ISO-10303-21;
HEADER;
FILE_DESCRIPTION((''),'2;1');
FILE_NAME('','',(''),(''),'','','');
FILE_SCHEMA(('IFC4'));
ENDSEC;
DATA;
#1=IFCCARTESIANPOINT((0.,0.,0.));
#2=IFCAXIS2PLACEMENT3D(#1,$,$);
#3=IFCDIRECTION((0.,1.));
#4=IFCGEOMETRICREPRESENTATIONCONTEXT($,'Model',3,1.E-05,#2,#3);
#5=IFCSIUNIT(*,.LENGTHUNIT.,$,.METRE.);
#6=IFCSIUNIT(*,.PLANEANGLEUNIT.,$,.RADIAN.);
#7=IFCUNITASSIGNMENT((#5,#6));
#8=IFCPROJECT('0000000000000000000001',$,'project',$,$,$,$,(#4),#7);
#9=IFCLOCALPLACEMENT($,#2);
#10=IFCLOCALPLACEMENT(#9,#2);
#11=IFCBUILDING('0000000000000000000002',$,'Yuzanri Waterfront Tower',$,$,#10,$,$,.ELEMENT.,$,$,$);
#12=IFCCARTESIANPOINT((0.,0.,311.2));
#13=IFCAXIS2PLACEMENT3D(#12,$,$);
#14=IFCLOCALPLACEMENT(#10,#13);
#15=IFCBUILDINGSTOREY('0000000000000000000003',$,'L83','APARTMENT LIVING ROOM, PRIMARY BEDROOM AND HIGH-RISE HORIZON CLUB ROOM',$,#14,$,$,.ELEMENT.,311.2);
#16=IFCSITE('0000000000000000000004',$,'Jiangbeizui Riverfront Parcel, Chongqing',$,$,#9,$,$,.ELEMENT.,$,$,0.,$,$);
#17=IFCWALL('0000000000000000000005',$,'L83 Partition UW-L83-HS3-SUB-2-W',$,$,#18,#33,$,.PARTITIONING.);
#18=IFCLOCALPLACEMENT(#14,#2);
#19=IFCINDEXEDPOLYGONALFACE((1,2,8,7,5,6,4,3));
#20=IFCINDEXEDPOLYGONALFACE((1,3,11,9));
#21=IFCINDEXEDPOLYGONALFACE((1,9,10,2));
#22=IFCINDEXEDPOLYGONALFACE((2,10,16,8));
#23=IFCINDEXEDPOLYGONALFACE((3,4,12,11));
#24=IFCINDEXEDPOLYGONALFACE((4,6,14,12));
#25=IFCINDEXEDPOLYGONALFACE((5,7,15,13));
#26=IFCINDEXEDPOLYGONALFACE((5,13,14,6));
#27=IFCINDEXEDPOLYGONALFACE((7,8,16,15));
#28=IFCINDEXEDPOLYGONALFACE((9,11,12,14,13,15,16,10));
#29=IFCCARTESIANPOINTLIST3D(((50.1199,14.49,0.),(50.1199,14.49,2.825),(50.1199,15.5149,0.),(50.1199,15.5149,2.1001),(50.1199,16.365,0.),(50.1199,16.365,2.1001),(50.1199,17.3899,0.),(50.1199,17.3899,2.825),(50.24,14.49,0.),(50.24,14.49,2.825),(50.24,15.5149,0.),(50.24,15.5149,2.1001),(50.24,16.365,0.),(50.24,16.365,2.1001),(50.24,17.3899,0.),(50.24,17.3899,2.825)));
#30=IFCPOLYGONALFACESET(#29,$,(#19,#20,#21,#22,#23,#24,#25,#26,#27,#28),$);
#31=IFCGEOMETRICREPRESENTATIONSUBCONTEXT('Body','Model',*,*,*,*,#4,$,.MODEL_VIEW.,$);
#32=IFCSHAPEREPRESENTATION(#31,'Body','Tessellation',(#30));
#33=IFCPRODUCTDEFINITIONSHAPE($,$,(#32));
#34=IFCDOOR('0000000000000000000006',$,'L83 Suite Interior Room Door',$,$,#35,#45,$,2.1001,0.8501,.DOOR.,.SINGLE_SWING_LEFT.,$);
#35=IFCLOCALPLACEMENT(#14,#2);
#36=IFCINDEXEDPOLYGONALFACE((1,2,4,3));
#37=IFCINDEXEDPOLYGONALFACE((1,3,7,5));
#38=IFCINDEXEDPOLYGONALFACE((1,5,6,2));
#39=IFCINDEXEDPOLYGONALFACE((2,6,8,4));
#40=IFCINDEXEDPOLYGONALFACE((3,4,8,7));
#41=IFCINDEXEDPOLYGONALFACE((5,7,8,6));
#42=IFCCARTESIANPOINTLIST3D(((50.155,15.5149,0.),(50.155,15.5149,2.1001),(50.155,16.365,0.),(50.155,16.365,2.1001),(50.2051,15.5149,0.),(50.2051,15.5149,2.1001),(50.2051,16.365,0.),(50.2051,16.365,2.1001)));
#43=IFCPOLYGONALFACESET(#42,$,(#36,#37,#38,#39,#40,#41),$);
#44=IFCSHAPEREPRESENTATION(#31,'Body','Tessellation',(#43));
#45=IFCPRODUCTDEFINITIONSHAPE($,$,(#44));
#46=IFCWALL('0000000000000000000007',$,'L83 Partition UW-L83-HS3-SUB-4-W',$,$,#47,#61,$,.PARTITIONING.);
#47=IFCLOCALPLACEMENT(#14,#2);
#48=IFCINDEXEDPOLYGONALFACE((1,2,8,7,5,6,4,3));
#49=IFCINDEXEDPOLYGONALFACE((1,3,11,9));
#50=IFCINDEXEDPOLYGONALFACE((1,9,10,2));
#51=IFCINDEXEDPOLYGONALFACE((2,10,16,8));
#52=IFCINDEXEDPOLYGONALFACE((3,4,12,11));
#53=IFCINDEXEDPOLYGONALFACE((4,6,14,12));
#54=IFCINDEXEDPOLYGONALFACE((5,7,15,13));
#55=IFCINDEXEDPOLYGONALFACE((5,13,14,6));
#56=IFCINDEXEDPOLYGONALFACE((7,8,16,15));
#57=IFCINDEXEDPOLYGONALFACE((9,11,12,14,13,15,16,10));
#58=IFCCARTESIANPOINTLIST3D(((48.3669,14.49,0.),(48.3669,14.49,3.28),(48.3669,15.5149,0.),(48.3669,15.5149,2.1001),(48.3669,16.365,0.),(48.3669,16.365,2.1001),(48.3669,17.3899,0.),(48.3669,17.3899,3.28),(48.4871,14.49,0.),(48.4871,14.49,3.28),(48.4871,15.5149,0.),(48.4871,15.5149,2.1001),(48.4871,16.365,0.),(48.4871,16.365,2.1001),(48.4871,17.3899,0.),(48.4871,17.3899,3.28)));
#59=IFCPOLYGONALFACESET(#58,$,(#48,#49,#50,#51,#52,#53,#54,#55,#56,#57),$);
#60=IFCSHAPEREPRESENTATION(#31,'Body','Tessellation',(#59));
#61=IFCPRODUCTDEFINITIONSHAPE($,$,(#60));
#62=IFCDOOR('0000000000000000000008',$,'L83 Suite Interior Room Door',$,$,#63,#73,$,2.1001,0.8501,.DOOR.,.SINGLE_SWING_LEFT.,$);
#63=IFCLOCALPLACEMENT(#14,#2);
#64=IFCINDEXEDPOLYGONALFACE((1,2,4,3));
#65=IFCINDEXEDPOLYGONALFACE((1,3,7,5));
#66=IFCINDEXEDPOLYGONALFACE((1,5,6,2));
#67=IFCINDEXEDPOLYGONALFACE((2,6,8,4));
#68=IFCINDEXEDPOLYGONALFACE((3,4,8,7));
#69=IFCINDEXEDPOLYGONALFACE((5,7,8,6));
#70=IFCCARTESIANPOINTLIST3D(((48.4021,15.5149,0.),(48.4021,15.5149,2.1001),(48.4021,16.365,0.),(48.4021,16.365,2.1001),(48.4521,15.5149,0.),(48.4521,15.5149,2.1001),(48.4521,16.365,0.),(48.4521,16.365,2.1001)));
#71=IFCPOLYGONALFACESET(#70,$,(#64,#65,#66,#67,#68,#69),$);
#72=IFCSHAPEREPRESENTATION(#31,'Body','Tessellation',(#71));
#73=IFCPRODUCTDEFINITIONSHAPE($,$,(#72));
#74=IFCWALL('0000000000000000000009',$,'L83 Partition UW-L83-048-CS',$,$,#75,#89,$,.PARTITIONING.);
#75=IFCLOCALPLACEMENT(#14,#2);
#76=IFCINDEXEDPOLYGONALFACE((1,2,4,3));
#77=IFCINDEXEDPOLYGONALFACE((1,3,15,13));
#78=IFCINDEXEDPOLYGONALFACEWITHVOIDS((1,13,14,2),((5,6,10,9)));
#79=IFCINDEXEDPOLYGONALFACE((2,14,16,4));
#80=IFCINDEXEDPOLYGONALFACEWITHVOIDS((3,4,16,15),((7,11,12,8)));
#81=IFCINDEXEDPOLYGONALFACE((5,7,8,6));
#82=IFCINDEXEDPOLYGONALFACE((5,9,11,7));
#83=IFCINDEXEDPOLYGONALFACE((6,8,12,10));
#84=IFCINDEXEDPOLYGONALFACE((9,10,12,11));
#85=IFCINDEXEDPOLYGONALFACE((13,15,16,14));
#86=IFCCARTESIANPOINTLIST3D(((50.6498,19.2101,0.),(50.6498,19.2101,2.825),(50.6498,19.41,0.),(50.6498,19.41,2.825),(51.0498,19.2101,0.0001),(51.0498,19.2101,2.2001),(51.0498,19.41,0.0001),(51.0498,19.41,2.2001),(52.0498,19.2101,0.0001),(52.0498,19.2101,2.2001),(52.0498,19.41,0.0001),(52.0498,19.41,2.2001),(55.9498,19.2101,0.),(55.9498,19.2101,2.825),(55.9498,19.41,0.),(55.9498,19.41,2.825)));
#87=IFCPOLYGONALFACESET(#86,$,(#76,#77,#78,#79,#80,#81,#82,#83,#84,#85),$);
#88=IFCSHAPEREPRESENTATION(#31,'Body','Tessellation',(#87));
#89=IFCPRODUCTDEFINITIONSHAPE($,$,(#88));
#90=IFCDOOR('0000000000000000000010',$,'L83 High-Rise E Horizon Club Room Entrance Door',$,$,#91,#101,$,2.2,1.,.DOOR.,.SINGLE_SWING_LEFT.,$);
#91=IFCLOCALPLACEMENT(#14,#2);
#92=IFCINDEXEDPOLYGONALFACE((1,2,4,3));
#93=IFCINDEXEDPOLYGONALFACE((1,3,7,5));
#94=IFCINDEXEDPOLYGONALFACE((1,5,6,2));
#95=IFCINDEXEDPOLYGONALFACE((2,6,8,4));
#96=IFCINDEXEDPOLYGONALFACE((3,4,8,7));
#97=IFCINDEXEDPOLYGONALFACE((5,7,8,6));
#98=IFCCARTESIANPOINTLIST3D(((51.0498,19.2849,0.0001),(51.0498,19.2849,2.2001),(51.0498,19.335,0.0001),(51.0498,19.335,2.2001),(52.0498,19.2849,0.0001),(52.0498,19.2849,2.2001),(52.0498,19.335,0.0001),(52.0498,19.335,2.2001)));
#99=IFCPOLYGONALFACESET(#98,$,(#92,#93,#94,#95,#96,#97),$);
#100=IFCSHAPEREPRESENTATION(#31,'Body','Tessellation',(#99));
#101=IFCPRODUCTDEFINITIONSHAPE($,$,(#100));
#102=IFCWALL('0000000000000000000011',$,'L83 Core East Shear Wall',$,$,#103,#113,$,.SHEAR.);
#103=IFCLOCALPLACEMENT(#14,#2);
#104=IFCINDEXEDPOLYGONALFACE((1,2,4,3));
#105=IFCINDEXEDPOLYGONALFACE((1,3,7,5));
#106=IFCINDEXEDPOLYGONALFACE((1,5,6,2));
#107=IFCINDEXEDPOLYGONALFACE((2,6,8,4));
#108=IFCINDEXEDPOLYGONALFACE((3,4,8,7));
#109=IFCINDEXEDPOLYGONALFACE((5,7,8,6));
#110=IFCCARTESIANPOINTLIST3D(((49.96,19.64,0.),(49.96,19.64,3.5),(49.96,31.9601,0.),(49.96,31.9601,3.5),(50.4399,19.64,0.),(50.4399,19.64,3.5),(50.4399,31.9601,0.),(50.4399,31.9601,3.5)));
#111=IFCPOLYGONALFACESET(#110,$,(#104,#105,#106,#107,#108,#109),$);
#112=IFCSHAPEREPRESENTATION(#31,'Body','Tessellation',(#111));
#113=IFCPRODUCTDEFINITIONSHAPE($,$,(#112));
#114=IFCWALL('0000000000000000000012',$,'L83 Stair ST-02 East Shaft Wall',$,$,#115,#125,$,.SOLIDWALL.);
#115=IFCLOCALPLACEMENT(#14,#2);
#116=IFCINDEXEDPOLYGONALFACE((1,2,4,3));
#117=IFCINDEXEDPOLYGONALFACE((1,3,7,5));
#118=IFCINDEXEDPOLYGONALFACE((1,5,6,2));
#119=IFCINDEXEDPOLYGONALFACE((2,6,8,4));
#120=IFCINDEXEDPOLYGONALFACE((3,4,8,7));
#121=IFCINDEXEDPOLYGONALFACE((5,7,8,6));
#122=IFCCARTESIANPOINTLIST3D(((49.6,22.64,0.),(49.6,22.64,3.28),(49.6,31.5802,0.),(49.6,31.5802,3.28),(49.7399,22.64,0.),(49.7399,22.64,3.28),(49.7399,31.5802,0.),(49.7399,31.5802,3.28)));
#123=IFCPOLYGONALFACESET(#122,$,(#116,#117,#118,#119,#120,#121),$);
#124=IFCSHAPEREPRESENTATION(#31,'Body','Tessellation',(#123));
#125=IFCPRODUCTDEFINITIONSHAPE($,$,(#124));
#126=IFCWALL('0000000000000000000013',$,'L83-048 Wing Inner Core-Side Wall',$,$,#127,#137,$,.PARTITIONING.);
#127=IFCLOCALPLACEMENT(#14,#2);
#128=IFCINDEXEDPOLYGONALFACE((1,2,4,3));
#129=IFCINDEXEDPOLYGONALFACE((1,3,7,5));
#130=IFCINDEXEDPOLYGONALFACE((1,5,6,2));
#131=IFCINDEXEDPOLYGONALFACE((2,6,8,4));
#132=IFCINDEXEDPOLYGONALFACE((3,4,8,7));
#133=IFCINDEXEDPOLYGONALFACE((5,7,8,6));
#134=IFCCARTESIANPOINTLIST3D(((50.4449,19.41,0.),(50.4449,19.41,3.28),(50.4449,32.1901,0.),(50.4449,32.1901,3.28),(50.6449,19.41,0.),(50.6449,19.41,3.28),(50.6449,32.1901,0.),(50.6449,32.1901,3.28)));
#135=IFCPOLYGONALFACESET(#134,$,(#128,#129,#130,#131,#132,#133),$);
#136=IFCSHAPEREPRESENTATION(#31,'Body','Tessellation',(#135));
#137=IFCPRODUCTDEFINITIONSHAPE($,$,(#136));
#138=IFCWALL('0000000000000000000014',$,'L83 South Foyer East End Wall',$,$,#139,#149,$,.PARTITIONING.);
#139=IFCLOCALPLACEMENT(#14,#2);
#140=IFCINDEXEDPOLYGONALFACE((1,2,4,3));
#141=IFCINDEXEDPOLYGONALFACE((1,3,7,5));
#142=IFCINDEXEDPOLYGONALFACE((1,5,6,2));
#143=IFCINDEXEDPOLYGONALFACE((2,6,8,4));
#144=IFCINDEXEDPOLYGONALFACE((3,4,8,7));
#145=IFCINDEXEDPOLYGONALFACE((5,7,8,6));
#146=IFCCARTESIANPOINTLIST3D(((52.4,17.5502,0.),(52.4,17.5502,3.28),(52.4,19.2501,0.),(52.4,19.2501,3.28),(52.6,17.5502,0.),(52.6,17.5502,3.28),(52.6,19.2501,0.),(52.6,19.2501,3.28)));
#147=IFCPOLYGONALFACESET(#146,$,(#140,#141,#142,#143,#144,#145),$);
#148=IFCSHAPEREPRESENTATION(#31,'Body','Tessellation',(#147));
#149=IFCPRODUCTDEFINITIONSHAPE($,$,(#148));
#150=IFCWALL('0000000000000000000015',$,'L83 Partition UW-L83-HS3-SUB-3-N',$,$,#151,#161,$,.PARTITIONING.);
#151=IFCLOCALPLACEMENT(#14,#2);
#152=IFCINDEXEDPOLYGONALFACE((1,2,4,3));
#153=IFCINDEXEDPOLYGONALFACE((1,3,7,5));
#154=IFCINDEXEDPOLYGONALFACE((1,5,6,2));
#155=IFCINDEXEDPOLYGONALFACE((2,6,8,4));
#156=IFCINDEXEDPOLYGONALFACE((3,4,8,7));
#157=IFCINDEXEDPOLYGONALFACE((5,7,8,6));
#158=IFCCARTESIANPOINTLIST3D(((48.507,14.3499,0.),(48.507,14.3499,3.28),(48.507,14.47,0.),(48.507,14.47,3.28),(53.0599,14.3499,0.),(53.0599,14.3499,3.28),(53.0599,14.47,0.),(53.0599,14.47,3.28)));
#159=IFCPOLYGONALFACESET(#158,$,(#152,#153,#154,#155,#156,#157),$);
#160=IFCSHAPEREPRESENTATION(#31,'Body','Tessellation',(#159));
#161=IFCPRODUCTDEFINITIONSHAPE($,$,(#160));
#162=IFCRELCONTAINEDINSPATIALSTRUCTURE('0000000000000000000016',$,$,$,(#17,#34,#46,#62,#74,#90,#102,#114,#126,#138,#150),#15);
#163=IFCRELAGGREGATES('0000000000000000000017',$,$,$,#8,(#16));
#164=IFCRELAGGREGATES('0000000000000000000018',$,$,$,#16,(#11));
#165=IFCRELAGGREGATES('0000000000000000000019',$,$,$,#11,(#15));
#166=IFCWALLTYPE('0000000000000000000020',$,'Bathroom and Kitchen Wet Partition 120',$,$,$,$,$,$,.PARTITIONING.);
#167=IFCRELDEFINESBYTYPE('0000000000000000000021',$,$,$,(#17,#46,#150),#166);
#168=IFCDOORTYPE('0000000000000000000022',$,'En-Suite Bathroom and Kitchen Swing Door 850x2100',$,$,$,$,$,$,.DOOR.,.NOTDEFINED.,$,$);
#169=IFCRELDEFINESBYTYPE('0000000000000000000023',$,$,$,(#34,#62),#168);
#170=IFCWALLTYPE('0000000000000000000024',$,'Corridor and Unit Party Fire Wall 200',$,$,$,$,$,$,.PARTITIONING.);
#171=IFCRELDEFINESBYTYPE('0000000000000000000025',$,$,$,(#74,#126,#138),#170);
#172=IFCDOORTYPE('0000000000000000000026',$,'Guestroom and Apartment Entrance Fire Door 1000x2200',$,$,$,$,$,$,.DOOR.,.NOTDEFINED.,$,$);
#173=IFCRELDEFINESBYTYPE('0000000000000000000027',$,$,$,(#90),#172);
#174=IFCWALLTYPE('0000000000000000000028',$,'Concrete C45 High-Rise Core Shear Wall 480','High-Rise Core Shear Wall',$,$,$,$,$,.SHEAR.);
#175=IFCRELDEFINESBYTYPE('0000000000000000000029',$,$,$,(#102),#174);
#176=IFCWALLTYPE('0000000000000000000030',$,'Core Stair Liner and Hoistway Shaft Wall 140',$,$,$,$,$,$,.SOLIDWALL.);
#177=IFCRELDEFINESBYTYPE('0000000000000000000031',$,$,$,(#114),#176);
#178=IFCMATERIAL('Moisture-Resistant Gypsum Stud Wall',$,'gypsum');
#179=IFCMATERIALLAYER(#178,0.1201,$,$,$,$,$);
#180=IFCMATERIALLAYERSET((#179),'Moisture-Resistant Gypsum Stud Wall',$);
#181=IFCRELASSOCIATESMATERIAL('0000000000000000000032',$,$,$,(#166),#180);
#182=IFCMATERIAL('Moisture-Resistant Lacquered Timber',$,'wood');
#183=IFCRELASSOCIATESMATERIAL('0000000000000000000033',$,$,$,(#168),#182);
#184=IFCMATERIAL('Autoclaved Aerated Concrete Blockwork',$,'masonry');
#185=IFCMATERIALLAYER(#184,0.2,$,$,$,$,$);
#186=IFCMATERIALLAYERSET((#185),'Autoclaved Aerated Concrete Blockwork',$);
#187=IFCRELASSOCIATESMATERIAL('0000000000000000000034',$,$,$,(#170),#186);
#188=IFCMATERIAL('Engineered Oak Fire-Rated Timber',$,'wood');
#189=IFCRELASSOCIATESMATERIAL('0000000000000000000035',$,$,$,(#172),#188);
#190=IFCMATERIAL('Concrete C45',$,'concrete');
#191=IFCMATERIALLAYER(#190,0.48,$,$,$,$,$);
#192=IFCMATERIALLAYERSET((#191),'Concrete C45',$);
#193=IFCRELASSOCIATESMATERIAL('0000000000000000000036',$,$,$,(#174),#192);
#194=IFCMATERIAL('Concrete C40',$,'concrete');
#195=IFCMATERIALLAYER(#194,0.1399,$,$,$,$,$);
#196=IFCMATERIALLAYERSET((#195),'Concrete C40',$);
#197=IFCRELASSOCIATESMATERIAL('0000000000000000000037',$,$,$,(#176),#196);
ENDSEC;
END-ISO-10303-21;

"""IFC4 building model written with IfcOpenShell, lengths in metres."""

from ifc_helpers import new_model, si_unit, direction, frame, frame_2d, origin, place, context, subcontext, project, spatial, rectangle, extrude, source, transform, mapped, material, layer, layer_set, type_object, element, fill, save


model = new_model("IFC4")

# Units and contexts
model_context = context("Model", 3, precision=1e-05, world=origin(), true_north=direction((0.0, 1.0)))
body_context = subcontext(model_context, "Body", "Model", "MODEL_VIEW")
ifc_project = project(units=[si_unit("LENGTHUNIT", "METRE"), si_unit("PLANEANGLEUNIT", "RADIAN")], contexts=[model_context])

# Site, building, storey
site_placement = place(None, origin())
site = spatial("IfcSite", under=ifc_project, at=site_placement, Name="Jiangbeizui Riverfront Parcel, Chongqing", CompositionType="ELEMENT", RefElevation=0.0)
building_placement = place(site_placement, origin())
building = spatial("IfcBuilding", under=site, at=building_placement, Name="Yuzanri Waterfront Tower", CompositionType="ELEMENT")
storey_placement = place(building_placement, frame((0.0, 0.0, 311.2)))
storey = spatial("IfcBuildingStorey", under=building, at=storey_placement, Name="L83", Description="APARTMENT LIVING ROOM, PRIMARY BEDROOM AND HIGH-RISE HORIZON CLUB ROOM", CompositionType="ELEMENT", Elevation=311.2)

# Walls, openings, doors
ifc_material_1 = material(Name="Moisture-Resistant Gypsum Stud Wall", Category="gypsum")
ifc_layer_1 = layer(ifc_material_1, 0.1201)
ifc_layer_set_1 = layer_set([ifc_layer_1], Name="Moisture-Resistant Gypsum Stud Wall")
wall_type_1 = type_object("IfcWallType", Name="Bathroom and Kitchen Wet Partition 120", PredefinedType="PARTITIONING", material=ifc_layer_set_1)
wall_1_placement = place(storey_placement, frame((50.1799, 14.49, 0.0), z_axis=(0.0, 0.0, 1.0), x_axis=(0.0, 1.0, 0.0)))
wall_1 = element("IfcWall", 1, at=wall_1_placement, inside=storey, type_object=wall_type_1, Name="L83 Partition UW-L83-HS3-SUB-2-W", PredefinedType="PARTITIONING", context=body_context, shape_type="SweptSolid", body=[
    extrude(rectangle(XDim=2.8999, YDim=0.1201, at=frame_2d((1.45, 0.0))), origin(), (0.0, 0.0, 1.0), 2.825),
])
opening_1_placement = place(wall_1_placement, frame((1.0249, 0.0, 0.0)))
opening_1 = element("IfcOpeningElement", 2, at=opening_1_placement, cuts=wall_1, PredefinedType="OPENING", context=body_context, shape_type="SweptSolid", body=[
    extrude(rectangle(XDim=0.8501, YDim=2.1001, at=frame_2d((0.425, 1.05))), frame((0.0, 0.075, 0.0), z_axis=(0.0, -1.0, 0.0), x_axis=(1.0, 0.0, 0.0)), (0.0, 0.0, 1.0), 0.1499),
])
ifc_material_2 = material(Name="Moisture-Resistant Lacquered Timber", Category="wood")
door_type_1 = type_object("IfcDoorType", Name="En-Suite Bathroom and Kitchen Swing Door 850x2100", OperationType="NOTDEFINED", PredefinedType="DOOR", material=ifc_material_2)
shared_shape_1 = source(origin(), body_context, "Body", "SweptSolid", [
    extrude(rectangle(XDim=0.8501, YDim=2.1001, at=frame_2d((0.425, 1.05))), frame((0.0, 0.0249, 0.0), z_axis=(0.0, -1.0, 0.0), x_axis=(1.0, 0.0, 0.0)), (0.0, 0.0, 1.0), 0.05),
])
door_1_placement = place(opening_1_placement, origin())
door_1 = element("IfcDoor", 3, at=door_1_placement, inside=storey, type_object=door_type_1, Name="L83 Suite Interior Room Door", OperationType="SINGLE_SWING_LEFT", OverallHeight=2.1001, OverallWidth=0.8501, PredefinedType="DOOR", context=body_context, shape_type="MappedRepresentation", body=[
    mapped(shared_shape_1, transform((0.0, 0.0, 0.0), scale=1.0)),
])
fill(opening_1, door_1)
wall_2_placement = place(storey_placement, frame((48.427, 14.49, 0.0), z_axis=(0.0, 0.0, 1.0), x_axis=(0.0, 1.0, 0.0)))
wall_2 = element("IfcWall", 4, at=wall_2_placement, inside=storey, type_object=wall_type_1, Name="L83 Partition UW-L83-HS3-SUB-4-W", PredefinedType="PARTITIONING", context=body_context, shape_type="SweptSolid", body=[
    extrude(rectangle(XDim=2.8999, YDim=0.1201, at=frame_2d((1.45, 0.0))), origin(), (0.0, 0.0, 1.0), 3.28),
])
opening_2_placement = place(wall_2_placement, frame((1.0249, 0.0, 0.0)))
opening_2 = element("IfcOpeningElement", 5, at=opening_2_placement, cuts=wall_2, PredefinedType="OPENING", context=body_context, shape_type="SweptSolid", body=[
    extrude(rectangle(XDim=0.8501, YDim=2.1001, at=frame_2d((0.425, 1.05))), frame((0.0, 0.075, 0.0), z_axis=(0.0, -1.0, 0.0), x_axis=(1.0, 0.0, 0.0)), (0.0, 0.0, 1.0), 0.1499),
])
door_2_placement = place(opening_2_placement, origin())
door_2 = element("IfcDoor", 6, at=door_2_placement, inside=storey, type_object=door_type_1, Name="L83 Suite Interior Room Door", OperationType="SINGLE_SWING_LEFT", OverallHeight=2.1001, OverallWidth=0.8501, PredefinedType="DOOR", context=body_context, shape_type="MappedRepresentation", body=[
    mapped(shared_shape_1, transform((0.0, 0.0, 0.0), scale=1.0)),
])
fill(opening_2, door_2)
ifc_material_3 = material(Name="Autoclaved Aerated Concrete Blockwork", Category="masonry")
ifc_layer_2 = layer(ifc_material_3, 0.2)
ifc_layer_set_2 = layer_set([ifc_layer_2], Name="Autoclaved Aerated Concrete Blockwork")
wall_type_2 = type_object("IfcWallType", Name="Corridor and Unit Party Fire Wall 200", PredefinedType="PARTITIONING", material=ifc_layer_set_2)
wall_3_placement = place(storey_placement, frame((50.6499, 19.3101, 0.0), z_axis=(0.0, 0.0, 1.0), x_axis=(1.0, 0.0, 0.0)))
wall_3 = element("IfcWall", 7, at=wall_3_placement, inside=storey, type_object=wall_type_2, Name="L83 Partition UW-L83-048-CS", PredefinedType="PARTITIONING", context=body_context, shape_type="SweptSolid", body=[
    extrude(rectangle(XDim=5.3, YDim=0.2, at=frame_2d((2.6499, 0.0))), origin(), (0.0, 0.0, 1.0), 2.825),
])
opening_3_placement = place(wall_3_placement, frame((0.3999, 0.0, 0.0)))
opening_3 = element("IfcOpeningElement", 8, at=opening_3_placement, cuts=wall_3, PredefinedType="OPENING", context=body_context, shape_type="SweptSolid", body=[
    extrude(rectangle(XDim=1.0, YDim=2.2, at=frame_2d((0.5, 1.1001))), frame((0.0, 0.1147, 0.0), z_axis=(0.0, -1.0, 0.0), x_axis=(1.0, 0.0, 0.0)), (0.0, 0.0, 1.0), 0.2297),
])
ifc_material_4 = material(Name="Engineered Oak Fire-Rated Timber", Category="wood")
door_type_2 = type_object("IfcDoorType", Name="Guestroom and Apartment Entrance Fire Door 1000x2200", OperationType="NOTDEFINED", PredefinedType="DOOR", material=ifc_material_4)
shared_shape_2 = source(origin(), body_context, "Body", "SweptSolid", [
    extrude(rectangle(XDim=1.0, YDim=2.2, at=frame_2d((0.5, 1.1001))), frame((0.0, 0.0249, 0.0), z_axis=(0.0, -1.0, 0.0), x_axis=(1.0, 0.0, 0.0)), (0.0, 0.0, 1.0), 0.05),
])
door_3_placement = place(opening_3_placement, origin())
door_3 = element("IfcDoor", 9, at=door_3_placement, inside=storey, type_object=door_type_2, Name="L83 High-Rise E Horizon Club Room Entrance Door", OperationType="SINGLE_SWING_LEFT", OverallHeight=2.2, OverallWidth=1.0, PredefinedType="DOOR", context=body_context, shape_type="MappedRepresentation", body=[
    mapped(shared_shape_2, transform((0.0, 0.0, 0.0), scale=1.0)),
])
fill(opening_3, door_3)

# Walls
ifc_material_5 = material(Name="Concrete C45", Category="concrete")
ifc_layer_3 = layer(ifc_material_5, 0.48)
ifc_layer_set_3 = layer_set([ifc_layer_3], Name="Concrete C45")
wall_type_3 = type_object("IfcWallType", Name="Concrete C45 High-Rise Core Shear Wall 480", Description="High-Rise Core Shear Wall", PredefinedType="SHEAR", material=ifc_layer_set_3)
shared_shape_3 = source(origin(), body_context, "Body", "SweptSolid", [
    extrude(rectangle(XDim=12.3201, YDim=0.48, at=frame_2d((6.1602, 0.0))), origin(), (0.0, 0.0, 1.0), 3.5),
])
wall_4_placement = place(storey_placement, frame((50.2, 19.6399, 0.0), z_axis=(0.0, 0.0, 1.0), x_axis=(0.0, 1.0, 0.0)))
element("IfcWall", 10, at=wall_4_placement, inside=storey, type_object=wall_type_3, Name="L83 Core East Shear Wall", PredefinedType="SHEAR", context=body_context, shape_type="MappedRepresentation", body=[
    mapped(shared_shape_3, transform((0.0, 0.0, 0.0), scale=1.0)),
])
ifc_material_6 = material(Name="Concrete C40", Category="concrete")
ifc_layer_4 = layer(ifc_material_6, 0.1399)
ifc_layer_set_4 = layer_set([ifc_layer_4], Name="Concrete C40")
wall_type_4 = type_object("IfcWallType", Name="Core Stair Liner and Hoistway Shaft Wall 140", PredefinedType="SOLIDWALL", material=ifc_layer_set_4)
shared_shape_4 = source(origin(), body_context, "Body", "SweptSolid", [
    extrude(rectangle(XDim=8.9402, YDim=0.1399, at=frame_2d((4.4702, 0.0))), origin(), (0.0, 0.0, 1.0), 3.28),
])
wall_5_placement = place(storey_placement, frame((49.6699, 22.6399, 0.0), z_axis=(0.0, 0.0, 1.0), x_axis=(0.0, 1.0, 0.0)))
element("IfcWall", 11, at=wall_5_placement, inside=storey, type_object=wall_type_4, Name="L83 Stair ST-02 East Shaft Wall", PredefinedType="SOLIDWALL", context=body_context, shape_type="MappedRepresentation", body=[
    mapped(shared_shape_4, transform((0.0, 0.0, 0.0), scale=1.0)),
])
shared_shape_5 = source(origin(), body_context, "Body", "SweptSolid", [
    extrude(rectangle(XDim=12.78, YDim=0.2, at=frame_2d((6.3901, 0.0))), origin(), (0.0, 0.0, 1.0), 3.28),
])
wall_6_placement = place(storey_placement, frame((50.5449, 19.4099, 0.0), z_axis=(0.0, 0.0, 1.0), x_axis=(0.0, 1.0, 0.0)))
element("IfcWall", 12, at=wall_6_placement, inside=storey, type_object=wall_type_2, Name="L83-048 Wing Inner Core-Side Wall", PredefinedType="PARTITIONING", context=body_context, shape_type="MappedRepresentation", body=[
    mapped(shared_shape_5, transform((0.0, 0.0, 0.0), scale=1.0)),
])
shared_shape_6 = source(origin(), body_context, "Body", "SweptSolid", [
    extrude(rectangle(XDim=1.7, YDim=0.2, at=frame_2d((0.8501, 0.0))), origin(), (0.0, 0.0, 1.0), 3.28),
])
wall_7_placement = place(storey_placement, frame((52.5, 17.55, 0.0), z_axis=(0.0, 0.0, 1.0), x_axis=(0.0, 1.0, 0.0)))
element("IfcWall", 13, at=wall_7_placement, inside=storey, type_object=wall_type_2, Name="L83 South Foyer East End Wall", PredefinedType="PARTITIONING", context=body_context, shape_type="MappedRepresentation", body=[
    mapped(shared_shape_6, transform((0.0, 0.0, 0.0), scale=1.0)),
])
shared_shape_7 = source(origin(), body_context, "Body", "SweptSolid", [
    extrude(rectangle(XDim=4.553, YDim=0.1201, at=frame_2d((2.2764, 0.0))), origin(), (0.0, 0.0, 1.0), 3.28),
])
wall_8_placement = place(storey_placement, frame((48.5071, 14.4099, 0.0), z_axis=(0.0, 0.0, 1.0), x_axis=(1.0, 0.0, 0.0)))
element("IfcWall", 14, at=wall_8_placement, inside=storey, type_object=wall_type_1, Name="L83 Partition UW-L83-HS3-SUB-3-N", PredefinedType="PARTITIONING", context=body_context, shape_type="MappedRepresentation", body=[
    mapped(shared_shape_7, transform((0.0, 0.0, 0.0), scale=1.0)),
])

save(model, "model.ifc")
